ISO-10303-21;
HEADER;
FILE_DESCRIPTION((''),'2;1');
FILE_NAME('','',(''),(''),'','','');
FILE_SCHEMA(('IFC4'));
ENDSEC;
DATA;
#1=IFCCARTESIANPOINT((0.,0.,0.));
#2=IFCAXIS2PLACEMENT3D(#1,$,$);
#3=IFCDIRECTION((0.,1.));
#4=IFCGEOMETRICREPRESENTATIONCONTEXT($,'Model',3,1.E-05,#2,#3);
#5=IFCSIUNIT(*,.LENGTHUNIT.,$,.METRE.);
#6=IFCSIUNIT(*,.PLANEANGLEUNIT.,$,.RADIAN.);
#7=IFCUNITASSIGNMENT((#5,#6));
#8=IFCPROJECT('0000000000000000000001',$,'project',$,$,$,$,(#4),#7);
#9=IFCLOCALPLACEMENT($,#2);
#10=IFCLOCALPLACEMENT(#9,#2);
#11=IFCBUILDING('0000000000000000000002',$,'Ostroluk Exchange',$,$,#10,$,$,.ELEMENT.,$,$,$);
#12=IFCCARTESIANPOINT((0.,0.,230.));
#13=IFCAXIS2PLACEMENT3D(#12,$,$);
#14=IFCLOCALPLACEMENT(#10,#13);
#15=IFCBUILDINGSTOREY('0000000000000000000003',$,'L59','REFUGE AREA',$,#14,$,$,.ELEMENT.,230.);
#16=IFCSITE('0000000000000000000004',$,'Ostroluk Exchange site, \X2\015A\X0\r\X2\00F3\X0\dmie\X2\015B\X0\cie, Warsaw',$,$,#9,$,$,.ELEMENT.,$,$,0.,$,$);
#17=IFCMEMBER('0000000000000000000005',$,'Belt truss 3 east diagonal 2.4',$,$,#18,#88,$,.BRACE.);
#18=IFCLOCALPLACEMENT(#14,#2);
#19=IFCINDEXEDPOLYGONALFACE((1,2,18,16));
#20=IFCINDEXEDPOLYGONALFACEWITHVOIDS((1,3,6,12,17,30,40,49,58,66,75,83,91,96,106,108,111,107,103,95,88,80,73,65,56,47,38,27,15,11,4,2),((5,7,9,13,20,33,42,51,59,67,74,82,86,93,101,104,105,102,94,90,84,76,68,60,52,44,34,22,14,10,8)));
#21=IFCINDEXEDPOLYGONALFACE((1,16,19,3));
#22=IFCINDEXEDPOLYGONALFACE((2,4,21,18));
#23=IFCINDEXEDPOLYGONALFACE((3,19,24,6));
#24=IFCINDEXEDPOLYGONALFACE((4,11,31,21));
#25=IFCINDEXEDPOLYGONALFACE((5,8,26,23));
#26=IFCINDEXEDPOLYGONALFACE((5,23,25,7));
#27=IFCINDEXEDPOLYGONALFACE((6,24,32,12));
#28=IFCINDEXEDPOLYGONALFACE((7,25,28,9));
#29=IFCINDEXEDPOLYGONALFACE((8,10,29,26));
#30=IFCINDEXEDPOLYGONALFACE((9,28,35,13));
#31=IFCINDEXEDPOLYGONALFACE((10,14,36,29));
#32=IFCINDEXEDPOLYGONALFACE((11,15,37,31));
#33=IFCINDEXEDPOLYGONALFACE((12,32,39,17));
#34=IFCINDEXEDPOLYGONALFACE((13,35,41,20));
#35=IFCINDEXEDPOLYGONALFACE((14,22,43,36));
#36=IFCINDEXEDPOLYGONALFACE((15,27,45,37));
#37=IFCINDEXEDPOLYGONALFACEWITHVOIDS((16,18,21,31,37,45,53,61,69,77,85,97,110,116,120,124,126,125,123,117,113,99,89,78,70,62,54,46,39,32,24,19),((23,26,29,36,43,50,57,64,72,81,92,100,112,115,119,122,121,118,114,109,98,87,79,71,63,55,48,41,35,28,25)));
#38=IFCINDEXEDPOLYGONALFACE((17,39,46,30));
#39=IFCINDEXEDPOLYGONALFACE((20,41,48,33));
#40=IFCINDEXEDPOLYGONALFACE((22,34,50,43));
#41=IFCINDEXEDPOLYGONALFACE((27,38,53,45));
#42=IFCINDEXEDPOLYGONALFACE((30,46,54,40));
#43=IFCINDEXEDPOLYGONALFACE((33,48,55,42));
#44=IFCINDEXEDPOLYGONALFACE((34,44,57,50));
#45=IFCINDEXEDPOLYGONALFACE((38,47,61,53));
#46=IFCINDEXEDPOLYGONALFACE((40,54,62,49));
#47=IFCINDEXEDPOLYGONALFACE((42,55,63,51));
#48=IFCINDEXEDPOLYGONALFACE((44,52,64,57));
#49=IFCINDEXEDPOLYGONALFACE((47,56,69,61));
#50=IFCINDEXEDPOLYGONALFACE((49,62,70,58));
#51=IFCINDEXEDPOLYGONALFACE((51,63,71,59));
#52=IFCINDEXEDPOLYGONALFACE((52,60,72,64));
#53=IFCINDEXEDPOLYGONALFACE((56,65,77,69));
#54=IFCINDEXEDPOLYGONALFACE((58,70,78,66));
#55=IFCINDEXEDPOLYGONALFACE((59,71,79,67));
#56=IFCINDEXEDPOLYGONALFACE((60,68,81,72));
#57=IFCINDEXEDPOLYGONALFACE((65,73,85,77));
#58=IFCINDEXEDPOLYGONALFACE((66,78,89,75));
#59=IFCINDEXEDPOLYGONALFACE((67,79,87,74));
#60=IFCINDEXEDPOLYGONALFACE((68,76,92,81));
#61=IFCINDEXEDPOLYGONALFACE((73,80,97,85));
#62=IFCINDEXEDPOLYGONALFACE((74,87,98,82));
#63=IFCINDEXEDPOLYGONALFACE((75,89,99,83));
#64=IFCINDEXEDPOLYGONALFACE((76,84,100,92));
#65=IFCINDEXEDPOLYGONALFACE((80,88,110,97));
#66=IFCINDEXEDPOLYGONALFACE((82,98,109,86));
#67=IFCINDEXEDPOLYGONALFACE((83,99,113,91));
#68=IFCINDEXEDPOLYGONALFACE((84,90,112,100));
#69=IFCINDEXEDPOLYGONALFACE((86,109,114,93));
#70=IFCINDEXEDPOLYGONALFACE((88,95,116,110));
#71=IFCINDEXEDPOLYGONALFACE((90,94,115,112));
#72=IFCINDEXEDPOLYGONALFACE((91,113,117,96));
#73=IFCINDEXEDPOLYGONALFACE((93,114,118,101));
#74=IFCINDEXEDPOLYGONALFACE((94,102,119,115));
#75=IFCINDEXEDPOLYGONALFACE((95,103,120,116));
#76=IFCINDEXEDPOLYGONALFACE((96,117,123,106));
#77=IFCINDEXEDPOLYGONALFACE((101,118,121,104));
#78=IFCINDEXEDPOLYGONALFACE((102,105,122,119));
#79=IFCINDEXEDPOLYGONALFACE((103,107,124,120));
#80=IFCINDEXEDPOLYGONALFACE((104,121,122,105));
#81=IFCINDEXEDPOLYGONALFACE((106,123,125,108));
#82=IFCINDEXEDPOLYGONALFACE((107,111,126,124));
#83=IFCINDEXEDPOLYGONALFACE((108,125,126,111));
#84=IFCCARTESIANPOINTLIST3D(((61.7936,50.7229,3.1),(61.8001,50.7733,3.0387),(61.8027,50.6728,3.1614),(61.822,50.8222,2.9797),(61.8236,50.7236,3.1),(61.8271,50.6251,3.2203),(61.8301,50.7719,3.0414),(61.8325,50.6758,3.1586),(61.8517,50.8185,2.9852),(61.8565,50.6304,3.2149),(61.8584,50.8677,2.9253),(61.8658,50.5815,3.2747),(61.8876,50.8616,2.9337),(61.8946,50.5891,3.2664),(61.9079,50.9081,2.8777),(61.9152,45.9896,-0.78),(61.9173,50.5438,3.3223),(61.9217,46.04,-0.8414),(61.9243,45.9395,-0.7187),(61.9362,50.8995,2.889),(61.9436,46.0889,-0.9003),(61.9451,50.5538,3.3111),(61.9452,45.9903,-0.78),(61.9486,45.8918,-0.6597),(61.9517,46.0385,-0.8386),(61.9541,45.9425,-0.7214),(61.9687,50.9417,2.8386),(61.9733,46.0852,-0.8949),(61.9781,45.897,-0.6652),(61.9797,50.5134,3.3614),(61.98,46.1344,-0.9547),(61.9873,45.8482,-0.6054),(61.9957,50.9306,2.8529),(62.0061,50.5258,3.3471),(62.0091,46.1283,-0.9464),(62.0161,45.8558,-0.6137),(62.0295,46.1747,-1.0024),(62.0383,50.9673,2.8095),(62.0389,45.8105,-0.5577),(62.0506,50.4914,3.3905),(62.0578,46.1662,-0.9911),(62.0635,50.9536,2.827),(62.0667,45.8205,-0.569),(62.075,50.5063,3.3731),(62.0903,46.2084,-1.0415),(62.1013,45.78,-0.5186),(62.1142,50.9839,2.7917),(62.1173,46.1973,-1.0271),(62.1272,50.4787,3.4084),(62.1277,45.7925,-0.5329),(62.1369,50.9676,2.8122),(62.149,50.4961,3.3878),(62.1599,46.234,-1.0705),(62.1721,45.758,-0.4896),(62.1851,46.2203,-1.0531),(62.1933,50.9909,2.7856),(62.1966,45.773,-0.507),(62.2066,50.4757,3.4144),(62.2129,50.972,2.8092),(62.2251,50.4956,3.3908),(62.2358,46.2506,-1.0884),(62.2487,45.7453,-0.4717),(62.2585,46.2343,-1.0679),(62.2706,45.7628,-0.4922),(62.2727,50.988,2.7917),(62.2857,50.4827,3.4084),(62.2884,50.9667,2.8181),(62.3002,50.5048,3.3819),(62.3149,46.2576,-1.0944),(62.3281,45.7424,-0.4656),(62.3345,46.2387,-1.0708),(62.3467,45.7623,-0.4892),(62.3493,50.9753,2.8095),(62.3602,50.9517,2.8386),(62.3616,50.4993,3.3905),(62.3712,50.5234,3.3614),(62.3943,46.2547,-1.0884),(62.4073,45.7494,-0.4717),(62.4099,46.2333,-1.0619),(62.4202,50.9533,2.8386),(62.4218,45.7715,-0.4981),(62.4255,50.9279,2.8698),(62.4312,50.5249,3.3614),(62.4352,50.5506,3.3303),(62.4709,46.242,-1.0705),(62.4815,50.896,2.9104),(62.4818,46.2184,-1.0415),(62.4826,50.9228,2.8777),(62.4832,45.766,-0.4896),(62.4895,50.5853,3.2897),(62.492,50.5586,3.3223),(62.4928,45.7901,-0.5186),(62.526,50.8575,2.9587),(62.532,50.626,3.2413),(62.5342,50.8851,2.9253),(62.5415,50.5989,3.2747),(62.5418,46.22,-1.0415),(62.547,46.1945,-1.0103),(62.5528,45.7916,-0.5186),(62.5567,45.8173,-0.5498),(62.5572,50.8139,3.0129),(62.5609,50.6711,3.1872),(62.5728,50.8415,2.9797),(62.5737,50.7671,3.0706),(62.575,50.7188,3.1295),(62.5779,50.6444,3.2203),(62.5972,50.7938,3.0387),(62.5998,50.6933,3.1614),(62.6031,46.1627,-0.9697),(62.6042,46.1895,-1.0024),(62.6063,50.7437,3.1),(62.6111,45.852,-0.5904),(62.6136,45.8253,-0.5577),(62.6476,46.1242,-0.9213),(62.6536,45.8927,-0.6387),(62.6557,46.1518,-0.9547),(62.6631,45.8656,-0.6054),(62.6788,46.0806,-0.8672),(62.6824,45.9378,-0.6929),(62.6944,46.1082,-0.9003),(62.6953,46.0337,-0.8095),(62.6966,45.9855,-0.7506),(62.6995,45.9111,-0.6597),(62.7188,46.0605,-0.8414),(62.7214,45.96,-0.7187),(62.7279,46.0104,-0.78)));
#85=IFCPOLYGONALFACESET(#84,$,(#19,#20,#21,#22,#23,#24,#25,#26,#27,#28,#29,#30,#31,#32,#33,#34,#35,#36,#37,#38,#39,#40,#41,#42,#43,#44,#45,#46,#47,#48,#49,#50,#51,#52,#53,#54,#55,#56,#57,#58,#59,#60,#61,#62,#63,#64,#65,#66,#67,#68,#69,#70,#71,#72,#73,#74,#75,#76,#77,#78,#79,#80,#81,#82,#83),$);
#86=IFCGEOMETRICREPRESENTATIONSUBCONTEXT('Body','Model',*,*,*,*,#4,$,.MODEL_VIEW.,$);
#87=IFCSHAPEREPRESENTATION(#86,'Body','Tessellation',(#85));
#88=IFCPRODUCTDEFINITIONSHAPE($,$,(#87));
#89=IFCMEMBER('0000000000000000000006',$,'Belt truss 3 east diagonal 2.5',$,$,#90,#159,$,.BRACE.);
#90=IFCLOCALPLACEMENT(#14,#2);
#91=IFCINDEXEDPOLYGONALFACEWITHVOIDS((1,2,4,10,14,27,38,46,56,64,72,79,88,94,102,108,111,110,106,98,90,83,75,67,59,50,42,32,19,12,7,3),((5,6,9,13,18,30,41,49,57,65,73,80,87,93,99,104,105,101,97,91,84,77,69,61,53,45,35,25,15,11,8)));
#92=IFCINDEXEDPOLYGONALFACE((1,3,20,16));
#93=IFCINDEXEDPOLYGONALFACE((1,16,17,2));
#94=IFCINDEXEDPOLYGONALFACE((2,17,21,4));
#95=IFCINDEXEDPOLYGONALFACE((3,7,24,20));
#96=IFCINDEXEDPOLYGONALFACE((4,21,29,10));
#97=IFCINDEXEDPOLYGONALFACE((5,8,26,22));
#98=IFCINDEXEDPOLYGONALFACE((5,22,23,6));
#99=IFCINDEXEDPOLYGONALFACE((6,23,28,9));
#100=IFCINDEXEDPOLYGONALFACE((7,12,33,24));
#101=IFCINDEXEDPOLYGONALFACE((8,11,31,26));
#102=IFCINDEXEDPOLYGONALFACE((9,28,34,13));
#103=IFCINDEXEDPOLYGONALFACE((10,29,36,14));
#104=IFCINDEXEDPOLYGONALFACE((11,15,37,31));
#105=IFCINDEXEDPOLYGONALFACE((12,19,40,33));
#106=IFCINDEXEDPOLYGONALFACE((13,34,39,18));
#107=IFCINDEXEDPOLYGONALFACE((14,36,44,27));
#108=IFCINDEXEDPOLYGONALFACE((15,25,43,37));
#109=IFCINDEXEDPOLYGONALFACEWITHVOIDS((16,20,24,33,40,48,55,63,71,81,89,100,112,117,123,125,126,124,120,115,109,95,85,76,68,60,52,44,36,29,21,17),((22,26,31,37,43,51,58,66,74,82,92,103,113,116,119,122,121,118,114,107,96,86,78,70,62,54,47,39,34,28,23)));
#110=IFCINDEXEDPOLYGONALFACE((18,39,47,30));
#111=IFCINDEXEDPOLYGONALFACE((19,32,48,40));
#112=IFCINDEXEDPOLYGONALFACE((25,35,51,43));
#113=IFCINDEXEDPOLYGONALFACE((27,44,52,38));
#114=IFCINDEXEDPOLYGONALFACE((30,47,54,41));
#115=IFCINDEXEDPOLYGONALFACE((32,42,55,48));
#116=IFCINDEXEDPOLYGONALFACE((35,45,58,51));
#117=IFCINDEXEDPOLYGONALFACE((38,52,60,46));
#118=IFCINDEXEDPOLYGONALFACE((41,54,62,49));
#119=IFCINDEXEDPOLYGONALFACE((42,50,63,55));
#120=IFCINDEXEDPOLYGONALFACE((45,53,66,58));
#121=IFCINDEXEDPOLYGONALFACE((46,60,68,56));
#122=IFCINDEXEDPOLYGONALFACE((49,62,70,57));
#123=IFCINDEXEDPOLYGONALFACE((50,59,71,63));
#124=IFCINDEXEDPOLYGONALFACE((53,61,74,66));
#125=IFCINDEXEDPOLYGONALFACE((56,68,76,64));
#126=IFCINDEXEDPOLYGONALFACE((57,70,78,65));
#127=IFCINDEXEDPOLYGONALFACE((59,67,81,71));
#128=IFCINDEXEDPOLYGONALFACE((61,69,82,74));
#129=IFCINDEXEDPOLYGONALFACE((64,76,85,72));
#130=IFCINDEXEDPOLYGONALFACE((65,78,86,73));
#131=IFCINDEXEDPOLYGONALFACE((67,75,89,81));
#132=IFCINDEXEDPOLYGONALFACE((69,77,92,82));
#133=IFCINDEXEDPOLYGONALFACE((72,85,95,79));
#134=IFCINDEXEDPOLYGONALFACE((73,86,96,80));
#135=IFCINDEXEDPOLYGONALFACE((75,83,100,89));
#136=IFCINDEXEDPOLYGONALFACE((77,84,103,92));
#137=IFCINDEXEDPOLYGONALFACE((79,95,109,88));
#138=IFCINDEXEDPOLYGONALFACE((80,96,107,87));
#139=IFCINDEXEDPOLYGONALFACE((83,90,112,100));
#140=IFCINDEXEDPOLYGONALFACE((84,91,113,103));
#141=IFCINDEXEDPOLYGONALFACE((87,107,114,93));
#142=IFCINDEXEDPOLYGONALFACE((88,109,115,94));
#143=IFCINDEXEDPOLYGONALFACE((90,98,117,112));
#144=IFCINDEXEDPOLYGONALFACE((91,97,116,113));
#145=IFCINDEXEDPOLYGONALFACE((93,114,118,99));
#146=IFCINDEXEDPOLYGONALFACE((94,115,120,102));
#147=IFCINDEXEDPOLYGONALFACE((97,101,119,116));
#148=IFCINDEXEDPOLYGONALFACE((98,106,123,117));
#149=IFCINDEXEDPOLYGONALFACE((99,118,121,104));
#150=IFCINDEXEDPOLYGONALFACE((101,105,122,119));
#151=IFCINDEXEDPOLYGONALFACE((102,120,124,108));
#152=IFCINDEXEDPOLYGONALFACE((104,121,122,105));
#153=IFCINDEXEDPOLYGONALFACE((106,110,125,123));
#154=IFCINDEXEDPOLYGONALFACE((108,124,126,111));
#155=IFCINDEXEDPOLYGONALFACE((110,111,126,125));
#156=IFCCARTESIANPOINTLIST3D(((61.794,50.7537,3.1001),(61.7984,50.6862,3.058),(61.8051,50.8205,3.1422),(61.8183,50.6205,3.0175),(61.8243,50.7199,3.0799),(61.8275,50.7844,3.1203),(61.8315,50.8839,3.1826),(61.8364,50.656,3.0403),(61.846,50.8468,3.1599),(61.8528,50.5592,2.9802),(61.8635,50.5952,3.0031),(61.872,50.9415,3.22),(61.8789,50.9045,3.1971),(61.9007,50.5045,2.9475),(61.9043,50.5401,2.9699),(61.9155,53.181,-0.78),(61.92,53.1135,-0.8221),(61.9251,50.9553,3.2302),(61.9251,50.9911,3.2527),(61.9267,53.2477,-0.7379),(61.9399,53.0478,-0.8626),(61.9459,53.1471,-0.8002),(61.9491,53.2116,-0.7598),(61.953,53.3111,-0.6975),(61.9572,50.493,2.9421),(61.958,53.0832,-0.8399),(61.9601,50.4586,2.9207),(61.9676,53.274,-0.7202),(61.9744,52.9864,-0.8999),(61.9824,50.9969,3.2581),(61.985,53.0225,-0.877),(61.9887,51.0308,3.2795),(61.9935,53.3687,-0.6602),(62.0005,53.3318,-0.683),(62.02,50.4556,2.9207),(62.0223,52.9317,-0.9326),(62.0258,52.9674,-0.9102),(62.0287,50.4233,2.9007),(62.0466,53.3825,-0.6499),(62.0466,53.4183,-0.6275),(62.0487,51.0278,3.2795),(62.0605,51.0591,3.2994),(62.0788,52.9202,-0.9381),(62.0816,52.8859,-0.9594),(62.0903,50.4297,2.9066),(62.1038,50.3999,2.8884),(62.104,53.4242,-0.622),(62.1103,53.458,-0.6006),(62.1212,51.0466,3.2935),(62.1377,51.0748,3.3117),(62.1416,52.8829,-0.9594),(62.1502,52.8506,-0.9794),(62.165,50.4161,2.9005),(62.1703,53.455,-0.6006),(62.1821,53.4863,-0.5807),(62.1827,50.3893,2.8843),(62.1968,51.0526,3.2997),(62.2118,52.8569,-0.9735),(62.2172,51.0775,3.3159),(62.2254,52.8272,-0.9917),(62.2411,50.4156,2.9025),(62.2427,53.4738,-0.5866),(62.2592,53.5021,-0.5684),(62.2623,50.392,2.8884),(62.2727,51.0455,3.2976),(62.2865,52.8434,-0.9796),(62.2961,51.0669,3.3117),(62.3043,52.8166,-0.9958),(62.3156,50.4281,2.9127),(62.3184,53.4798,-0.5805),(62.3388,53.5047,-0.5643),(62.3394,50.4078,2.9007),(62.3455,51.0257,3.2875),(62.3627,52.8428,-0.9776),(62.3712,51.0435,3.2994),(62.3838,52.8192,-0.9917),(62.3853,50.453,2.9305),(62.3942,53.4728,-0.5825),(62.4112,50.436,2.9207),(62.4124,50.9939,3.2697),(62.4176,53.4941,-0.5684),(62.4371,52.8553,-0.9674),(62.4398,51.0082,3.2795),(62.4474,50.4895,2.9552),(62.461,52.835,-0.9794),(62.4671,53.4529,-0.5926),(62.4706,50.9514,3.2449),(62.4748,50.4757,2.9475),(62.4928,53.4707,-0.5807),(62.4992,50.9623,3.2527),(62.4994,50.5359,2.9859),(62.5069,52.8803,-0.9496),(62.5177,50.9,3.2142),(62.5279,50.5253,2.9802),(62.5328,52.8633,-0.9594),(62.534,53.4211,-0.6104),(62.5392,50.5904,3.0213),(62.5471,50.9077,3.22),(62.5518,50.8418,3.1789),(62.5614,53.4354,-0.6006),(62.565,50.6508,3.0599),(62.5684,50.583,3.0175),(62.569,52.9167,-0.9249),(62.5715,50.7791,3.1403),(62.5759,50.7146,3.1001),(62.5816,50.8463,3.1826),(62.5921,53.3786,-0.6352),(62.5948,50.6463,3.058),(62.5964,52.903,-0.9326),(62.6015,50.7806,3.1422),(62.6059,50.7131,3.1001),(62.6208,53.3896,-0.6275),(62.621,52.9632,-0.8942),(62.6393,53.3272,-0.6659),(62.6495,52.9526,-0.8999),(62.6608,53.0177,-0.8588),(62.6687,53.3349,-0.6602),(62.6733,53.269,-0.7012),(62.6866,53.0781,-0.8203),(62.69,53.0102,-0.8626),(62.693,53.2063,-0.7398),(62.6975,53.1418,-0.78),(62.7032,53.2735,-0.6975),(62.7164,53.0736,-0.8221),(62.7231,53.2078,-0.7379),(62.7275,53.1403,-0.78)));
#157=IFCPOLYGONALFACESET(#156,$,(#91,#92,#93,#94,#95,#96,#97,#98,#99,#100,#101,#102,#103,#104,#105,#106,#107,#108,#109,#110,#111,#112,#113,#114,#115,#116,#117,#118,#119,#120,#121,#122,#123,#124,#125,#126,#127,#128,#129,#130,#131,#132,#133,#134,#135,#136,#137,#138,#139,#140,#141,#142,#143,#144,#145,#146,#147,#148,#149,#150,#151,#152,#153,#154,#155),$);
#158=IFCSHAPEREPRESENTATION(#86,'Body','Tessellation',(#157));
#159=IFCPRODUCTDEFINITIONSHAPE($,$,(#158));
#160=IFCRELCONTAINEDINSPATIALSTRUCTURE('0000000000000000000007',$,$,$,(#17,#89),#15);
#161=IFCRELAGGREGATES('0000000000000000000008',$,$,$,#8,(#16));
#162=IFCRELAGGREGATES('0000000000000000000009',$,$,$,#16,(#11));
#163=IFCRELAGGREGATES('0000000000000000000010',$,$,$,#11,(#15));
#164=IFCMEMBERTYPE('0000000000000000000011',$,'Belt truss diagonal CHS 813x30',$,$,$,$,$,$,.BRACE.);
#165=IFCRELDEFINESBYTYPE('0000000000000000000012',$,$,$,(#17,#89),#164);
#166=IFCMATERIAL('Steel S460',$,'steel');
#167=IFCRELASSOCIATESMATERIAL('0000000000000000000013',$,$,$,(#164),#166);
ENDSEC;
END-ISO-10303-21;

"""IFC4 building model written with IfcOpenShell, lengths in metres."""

from ifc_helpers import new_model, si_unit, direction, frame, origin, origin_2d, place, context, subcontext, project, spatial, hollow_circle, extrude, material, material_profile, profile_set, type_object, element, save


model = new_model("IFC4")

# Units and contexts
model_context = context("Model", 3, precision=1e-05, world=origin(), true_north=direction((0.0, 1.0)))
body_context = subcontext(model_context, "Body", "Model", "MODEL_VIEW")
ifc_project = project(units=[si_unit("LENGTHUNIT", "METRE"), si_unit("PLANEANGLEUNIT", "RADIAN")], contexts=[model_context])

# Site, building, storey
site_placement = place(None, origin())
site = spatial("IfcSite", under=ifc_project, at=site_placement, Name="Ostroluk Exchange site, Śródmieście, Warsaw", CompositionType="ELEMENT", RefElevation=0.0)
building_placement = place(site_placement, origin())
building = spatial("IfcBuilding", under=site, at=building_placement, Name="Ostroluk Exchange", CompositionType="ELEMENT")
storey_placement = place(building_placement, frame((0.0, 0.0, 230.0)))
storey = spatial("IfcBuildingStorey", under=building, at=storey_placement, Name="L59", Description="REFUGE AREA", CompositionType="ELEMENT", Elevation=230.0)

# Members
ifc_material_1 = material(Name="Steel S460", Category="steel")
ifc_material_profile_1 = material_profile(ifc_material_1, hollow_circle(Radius=0.4065, WallThickness=0.03, at=origin_2d()), Name="CHS 813x30")
ifc_profile_set_1 = profile_set([ifc_material_profile_1], Name="Steel S460")
member_type_1 = type_object("IfcMemberType", Name="Belt truss diagonal CHS 813x30", PredefinedType="BRACE", material=ifc_profile_set_1)
for number, where, z_axis, x_axis, name in (
    (1, (62.3215, 46.0, -0.78), (-0.019861, 0.773216, 0.633831), (-0.99967, -0.025678, 0.0), "Belt truss 3 east diagonal 2.4"),
):
    element("IfcMember", number, at=place(storey_placement, frame(where, z_axis=z_axis, x_axis=x_axis)), inside=storey, type_object=member_type_1, Name=name, PredefinedType="BRACE", context=body_context, shape_type="SweptSolid", body=[
        extrude(hollow_circle(Radius=0.4065, WallThickness=0.03, at=origin_2d()), origin(), (0.0, 0.0, 1.0), 6.1216),
    ])
member_1_placement = place(storey_placement, frame((62.3215, 53.1606, -0.78), z_axis=(-0.026556, -0.530152, 0.847486), x_axis=(0.998748, -0.050028, 0.0)))
element("IfcMember", 2, at=member_1_placement, inside=storey, type_object=member_type_1, Name="Belt truss 3 east diagonal 2.5", PredefinedType="BRACE", context=body_context, shape_type="SweptSolid", body=[
    extrude(hollow_circle(Radius=0.4065, WallThickness=0.03, at=origin_2d()), origin(), (0.0, 0.0, 1.0), 4.5784),
])

save(model, "model.ifc")
